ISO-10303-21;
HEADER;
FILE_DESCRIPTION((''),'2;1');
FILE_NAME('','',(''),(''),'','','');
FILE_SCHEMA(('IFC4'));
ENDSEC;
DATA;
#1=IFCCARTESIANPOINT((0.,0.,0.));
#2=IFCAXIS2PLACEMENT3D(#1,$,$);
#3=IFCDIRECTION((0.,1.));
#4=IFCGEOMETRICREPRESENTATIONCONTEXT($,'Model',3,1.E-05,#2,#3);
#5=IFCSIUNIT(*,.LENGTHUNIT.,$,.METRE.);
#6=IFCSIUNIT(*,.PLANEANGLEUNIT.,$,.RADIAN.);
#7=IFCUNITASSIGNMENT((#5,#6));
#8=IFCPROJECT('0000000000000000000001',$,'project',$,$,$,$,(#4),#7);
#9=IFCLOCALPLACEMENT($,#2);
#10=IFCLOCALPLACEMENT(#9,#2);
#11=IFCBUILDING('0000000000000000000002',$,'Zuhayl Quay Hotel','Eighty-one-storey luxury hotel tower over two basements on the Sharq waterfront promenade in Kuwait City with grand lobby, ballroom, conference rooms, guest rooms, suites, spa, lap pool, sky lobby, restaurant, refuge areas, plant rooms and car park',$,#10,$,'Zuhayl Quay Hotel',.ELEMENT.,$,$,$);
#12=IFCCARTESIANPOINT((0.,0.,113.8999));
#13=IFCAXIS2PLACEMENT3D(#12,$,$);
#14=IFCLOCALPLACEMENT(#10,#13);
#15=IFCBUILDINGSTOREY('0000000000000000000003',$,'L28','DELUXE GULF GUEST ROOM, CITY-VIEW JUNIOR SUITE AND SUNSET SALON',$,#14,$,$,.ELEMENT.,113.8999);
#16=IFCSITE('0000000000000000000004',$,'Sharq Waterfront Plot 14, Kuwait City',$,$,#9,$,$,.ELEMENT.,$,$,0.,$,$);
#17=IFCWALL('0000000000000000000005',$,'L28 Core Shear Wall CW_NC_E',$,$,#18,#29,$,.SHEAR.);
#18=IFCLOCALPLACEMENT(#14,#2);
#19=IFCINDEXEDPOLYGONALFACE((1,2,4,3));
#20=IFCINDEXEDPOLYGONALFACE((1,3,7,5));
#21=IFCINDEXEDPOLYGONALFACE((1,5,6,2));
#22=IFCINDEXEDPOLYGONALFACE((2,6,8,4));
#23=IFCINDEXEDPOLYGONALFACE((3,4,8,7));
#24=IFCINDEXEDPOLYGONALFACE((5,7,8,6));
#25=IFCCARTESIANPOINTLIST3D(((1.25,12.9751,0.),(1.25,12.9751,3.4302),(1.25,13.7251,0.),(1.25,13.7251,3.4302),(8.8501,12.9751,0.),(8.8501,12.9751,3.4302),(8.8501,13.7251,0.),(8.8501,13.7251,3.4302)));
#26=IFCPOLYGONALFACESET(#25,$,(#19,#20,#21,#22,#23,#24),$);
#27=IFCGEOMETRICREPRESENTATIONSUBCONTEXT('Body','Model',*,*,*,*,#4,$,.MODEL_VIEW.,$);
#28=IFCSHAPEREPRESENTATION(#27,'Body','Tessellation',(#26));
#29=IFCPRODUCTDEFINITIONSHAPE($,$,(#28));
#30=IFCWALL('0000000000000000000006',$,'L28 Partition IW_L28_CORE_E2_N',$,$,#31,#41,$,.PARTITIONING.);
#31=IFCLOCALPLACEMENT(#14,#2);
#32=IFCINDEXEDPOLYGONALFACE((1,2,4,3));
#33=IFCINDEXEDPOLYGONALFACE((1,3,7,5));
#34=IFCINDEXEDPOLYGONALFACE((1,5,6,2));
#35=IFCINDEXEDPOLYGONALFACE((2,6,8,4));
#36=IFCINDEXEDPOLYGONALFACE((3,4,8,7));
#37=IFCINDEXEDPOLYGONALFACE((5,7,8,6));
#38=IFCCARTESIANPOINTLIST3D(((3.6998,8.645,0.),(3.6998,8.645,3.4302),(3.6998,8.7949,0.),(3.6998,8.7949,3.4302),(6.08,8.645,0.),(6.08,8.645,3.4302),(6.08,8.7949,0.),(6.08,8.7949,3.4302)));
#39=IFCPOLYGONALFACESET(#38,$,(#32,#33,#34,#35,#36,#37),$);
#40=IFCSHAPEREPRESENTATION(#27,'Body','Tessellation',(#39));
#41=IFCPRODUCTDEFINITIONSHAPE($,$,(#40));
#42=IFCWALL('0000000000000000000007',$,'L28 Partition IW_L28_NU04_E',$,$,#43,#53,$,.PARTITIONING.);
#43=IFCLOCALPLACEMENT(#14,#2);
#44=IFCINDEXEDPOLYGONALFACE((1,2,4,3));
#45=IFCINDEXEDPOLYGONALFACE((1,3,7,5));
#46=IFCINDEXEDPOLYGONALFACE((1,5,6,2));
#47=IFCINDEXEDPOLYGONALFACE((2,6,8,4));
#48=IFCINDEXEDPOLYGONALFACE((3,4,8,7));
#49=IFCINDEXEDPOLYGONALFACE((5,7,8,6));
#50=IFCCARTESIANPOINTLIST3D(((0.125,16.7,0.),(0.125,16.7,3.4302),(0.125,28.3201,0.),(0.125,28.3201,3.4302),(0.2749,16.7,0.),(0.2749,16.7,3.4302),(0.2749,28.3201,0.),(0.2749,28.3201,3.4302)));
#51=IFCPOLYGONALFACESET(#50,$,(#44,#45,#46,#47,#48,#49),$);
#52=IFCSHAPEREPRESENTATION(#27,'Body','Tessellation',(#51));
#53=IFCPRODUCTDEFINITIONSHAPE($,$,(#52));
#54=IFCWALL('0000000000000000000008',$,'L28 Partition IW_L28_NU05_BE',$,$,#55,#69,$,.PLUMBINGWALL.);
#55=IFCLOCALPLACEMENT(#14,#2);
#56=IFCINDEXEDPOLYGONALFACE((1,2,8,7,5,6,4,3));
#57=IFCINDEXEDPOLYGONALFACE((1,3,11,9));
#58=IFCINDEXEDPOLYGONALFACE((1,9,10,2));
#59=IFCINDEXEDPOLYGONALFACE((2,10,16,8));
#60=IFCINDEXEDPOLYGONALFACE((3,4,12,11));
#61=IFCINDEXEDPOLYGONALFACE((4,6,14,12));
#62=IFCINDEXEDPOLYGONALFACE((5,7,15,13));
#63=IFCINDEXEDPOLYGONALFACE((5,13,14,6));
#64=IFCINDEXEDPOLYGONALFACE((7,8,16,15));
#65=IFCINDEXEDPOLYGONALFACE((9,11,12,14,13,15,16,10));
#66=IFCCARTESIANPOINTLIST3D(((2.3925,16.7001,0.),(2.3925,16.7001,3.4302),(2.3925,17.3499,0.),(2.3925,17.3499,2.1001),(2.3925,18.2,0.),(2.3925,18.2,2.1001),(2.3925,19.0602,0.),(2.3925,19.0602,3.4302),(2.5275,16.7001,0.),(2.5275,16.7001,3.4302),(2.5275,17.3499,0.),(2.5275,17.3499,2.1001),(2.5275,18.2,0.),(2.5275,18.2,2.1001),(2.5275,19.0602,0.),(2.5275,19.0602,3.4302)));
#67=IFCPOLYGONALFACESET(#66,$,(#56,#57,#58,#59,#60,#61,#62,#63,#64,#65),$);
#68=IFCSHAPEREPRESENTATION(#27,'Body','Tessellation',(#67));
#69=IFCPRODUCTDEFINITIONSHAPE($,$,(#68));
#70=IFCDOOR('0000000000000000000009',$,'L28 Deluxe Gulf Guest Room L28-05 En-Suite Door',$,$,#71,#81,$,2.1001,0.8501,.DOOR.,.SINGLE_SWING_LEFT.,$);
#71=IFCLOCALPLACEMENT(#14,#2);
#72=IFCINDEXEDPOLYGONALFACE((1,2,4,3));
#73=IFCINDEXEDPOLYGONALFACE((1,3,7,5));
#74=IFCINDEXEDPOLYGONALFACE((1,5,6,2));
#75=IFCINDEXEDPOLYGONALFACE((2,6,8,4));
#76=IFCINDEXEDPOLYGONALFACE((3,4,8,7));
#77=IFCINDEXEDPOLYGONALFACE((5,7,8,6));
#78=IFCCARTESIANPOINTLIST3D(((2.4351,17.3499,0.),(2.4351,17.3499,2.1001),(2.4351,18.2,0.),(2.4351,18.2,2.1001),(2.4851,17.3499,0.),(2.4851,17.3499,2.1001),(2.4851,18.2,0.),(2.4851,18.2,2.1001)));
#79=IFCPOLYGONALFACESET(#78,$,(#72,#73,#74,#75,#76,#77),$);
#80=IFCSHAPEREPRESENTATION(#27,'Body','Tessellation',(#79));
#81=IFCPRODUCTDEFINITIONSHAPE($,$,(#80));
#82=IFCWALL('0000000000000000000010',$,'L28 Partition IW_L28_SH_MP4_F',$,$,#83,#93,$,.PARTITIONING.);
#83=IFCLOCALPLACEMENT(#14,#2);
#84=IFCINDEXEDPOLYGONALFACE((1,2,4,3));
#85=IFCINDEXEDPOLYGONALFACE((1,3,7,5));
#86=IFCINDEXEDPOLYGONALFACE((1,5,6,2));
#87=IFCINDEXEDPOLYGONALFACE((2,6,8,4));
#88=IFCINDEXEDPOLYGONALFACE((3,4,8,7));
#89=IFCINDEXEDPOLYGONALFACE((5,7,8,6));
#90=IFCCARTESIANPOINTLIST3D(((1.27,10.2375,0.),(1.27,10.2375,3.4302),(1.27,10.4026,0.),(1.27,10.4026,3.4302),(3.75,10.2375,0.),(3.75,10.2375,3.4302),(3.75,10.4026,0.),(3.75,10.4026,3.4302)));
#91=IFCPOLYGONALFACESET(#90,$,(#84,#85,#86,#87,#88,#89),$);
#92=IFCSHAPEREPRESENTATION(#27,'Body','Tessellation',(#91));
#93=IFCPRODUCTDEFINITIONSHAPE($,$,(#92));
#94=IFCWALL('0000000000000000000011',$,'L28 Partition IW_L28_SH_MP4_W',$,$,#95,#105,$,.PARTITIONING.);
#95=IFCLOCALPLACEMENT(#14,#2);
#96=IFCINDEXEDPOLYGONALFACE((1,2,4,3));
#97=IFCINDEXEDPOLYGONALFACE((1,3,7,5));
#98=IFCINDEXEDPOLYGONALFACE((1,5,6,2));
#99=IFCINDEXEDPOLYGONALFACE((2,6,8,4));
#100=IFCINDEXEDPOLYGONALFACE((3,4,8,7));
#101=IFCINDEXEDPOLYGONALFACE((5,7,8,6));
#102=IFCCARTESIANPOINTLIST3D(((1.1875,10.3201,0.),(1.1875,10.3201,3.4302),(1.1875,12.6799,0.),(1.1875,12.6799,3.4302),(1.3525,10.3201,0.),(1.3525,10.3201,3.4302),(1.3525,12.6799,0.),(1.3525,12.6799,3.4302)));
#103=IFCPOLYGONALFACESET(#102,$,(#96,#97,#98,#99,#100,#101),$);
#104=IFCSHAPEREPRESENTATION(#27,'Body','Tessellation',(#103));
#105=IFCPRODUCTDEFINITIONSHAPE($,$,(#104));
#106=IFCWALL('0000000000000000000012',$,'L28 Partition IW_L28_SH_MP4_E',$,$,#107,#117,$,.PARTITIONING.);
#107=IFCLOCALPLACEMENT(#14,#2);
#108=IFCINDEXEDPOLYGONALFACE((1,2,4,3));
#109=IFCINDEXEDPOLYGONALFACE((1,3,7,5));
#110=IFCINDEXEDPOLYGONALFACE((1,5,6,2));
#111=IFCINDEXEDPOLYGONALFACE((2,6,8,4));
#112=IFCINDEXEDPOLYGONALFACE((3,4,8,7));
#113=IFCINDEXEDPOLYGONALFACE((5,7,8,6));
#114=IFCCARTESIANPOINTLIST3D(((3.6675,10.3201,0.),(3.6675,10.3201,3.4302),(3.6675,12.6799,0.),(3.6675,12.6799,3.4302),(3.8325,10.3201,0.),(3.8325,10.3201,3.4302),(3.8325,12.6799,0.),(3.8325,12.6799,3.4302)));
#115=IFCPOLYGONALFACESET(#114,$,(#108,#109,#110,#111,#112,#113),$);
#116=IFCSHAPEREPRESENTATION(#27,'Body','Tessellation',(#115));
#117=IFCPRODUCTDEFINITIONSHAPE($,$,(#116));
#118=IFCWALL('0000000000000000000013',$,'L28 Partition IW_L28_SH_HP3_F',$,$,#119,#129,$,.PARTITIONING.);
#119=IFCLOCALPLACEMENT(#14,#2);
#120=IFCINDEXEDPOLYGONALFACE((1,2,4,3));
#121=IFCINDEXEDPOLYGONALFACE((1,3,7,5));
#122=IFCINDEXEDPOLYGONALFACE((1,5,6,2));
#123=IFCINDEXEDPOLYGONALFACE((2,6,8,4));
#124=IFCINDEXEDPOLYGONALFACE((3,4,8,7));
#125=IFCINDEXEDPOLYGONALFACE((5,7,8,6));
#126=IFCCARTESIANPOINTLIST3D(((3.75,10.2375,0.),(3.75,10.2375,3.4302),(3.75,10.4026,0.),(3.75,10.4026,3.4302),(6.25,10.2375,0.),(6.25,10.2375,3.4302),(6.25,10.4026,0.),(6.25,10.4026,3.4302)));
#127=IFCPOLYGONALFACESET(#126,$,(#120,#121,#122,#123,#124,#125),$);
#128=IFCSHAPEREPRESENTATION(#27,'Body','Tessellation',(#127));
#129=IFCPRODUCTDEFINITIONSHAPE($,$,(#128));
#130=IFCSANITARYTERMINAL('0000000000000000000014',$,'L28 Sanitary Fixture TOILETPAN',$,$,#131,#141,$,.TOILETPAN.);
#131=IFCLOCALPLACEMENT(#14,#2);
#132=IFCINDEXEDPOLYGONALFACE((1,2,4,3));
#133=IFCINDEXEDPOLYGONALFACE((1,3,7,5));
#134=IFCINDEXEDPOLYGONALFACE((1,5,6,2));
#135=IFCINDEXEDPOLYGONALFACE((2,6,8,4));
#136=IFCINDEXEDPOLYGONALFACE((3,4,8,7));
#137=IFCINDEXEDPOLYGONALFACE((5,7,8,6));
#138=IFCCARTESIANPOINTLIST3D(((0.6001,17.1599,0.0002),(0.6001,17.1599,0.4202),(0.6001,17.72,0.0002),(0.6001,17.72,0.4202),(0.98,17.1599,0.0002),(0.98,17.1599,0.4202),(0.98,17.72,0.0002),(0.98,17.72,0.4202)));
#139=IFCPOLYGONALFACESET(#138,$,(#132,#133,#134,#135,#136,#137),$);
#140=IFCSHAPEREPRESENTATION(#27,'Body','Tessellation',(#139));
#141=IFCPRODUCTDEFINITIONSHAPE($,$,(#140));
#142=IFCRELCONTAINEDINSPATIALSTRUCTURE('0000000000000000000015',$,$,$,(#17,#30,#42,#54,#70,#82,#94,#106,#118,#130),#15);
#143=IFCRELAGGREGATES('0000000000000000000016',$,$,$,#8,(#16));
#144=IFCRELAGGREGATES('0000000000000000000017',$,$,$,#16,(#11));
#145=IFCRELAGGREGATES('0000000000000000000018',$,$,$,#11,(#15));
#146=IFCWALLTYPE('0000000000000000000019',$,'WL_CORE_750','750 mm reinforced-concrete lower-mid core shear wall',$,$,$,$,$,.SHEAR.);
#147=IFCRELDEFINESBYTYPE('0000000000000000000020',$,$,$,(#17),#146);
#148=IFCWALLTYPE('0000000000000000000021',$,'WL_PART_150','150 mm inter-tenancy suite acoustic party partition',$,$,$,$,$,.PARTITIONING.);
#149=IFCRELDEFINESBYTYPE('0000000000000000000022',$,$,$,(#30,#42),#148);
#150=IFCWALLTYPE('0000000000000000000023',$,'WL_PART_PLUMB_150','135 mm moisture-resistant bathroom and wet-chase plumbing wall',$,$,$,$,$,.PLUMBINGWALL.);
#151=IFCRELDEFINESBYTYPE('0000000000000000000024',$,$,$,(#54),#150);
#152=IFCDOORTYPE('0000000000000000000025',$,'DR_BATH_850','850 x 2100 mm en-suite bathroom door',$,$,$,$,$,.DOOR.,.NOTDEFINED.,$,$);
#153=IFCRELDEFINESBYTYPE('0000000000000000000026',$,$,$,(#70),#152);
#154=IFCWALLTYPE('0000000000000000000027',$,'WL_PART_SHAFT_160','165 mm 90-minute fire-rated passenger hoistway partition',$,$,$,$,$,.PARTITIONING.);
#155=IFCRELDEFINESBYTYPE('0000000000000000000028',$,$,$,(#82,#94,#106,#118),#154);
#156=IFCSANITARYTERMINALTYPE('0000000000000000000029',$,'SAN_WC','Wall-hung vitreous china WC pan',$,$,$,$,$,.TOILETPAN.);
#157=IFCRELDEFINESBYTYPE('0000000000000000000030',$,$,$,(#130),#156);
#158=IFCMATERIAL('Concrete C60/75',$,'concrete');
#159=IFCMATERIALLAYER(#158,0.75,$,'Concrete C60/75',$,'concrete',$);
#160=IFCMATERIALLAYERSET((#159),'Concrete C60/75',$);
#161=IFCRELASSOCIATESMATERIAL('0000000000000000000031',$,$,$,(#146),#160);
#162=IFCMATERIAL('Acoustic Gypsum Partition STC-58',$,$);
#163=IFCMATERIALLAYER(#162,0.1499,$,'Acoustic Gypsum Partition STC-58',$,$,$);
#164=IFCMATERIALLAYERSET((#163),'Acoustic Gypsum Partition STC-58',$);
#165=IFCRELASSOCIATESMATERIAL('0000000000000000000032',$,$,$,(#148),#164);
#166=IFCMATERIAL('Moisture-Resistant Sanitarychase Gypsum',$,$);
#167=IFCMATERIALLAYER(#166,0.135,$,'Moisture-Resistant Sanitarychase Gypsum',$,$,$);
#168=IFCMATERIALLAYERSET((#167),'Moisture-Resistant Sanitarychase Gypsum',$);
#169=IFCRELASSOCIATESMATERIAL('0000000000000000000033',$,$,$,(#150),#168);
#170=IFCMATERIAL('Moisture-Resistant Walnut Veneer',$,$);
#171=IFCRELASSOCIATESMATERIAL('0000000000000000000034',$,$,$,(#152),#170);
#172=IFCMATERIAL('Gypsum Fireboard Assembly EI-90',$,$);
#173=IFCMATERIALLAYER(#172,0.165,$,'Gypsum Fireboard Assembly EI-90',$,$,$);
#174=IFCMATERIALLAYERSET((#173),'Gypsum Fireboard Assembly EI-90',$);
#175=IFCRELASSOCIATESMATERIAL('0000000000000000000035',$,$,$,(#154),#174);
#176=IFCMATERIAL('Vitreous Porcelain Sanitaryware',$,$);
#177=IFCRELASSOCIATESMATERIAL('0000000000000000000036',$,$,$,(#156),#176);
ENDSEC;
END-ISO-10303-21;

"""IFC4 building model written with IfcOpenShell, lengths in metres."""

from ifc_helpers import new_model, si_unit, direction, frame, frame_2d, origin, origin_2d, place, context, subcontext, project, spatial, rectangle, extrude, material, layer, layer_set, type_object, element, fill, save


model = new_model("IFC4")

# Units and contexts
model_context = context("Model", 3, precision=1e-05, world=origin(), true_north=direction((0.0, 1.0)))
body_context = subcontext(model_context, "Body", "Model", "MODEL_VIEW")
ifc_project = project(units=[si_unit("LENGTHUNIT", "METRE"), si_unit("PLANEANGLEUNIT", "RADIAN")], contexts=[model_context])

# Site, building, storey
site_placement = place(None, origin())
site = spatial("IfcSite", under=ifc_project, at=site_placement, Name="Sharq Waterfront Plot 14, Kuwait City", CompositionType="ELEMENT", RefElevation=0.0)
building_placement = place(site_placement, origin())
building = spatial("IfcBuilding", under=site, at=building_placement, Name="Zuhayl Quay Hotel", Description="Eighty-one-storey luxury hotel tower over two basements on the Sharq waterfront promenade in Kuwait City with grand lobby, ballroom, conference rooms, guest rooms, suites, spa, lap pool, sky lobby, restaurant, refuge areas, plant rooms and car park", LongName="Zuhayl Quay Hotel", CompositionType="ELEMENT")
storey_placement = place(building_placement, frame((0.0, 0.0, 113.8999)))
storey = spatial("IfcBuildingStorey", under=building, at=storey_placement, Name="L28", Description="DELUXE GULF GUEST ROOM, CITY-VIEW JUNIOR SUITE AND SUNSET SALON", CompositionType="ELEMENT", Elevation=113.8999)

# Wall
ifc_material_1 = material(Name="Concrete C60/75", Category="concrete")
ifc_layer_1 = layer(ifc_material_1, 0.75, Name="Concrete C60/75", Category="concrete")
ifc_layer_set_1 = layer_set([ifc_layer_1], Name="Concrete C60/75")
wall_type_1 = type_object("IfcWallType", Name="WL_CORE_750", Description="750 mm reinforced-concrete lower-mid core shear wall", PredefinedType="SHEAR", material=ifc_layer_set_1)
wall_1_placement = place(storey_placement, frame((1.25, 13.3501, 0.0), z_axis=(0.0, 0.0, 1.0), x_axis=(1.0, 0.0, 0.0)))
element("IfcWall", 1, at=wall_1_placement, inside=storey, type_object=wall_type_1, Name="L28 Core Shear Wall CW_NC_E", PredefinedType="SHEAR", context=body_context, shape_type="SweptSolid", body=[
    extrude(rectangle(XDim=7.6001, YDim=0.75, at=frame_2d((3.8, 0.0))), origin(), (0.0, 0.0, 1.0), 3.4302),
])

# Shared definitions
ifc_material_2 = material(Name="Acoustic Gypsum Partition STC-58")
ifc_layer_2 = layer(ifc_material_2, 0.1499, Name="Acoustic Gypsum Partition STC-58")
ifc_layer_set_2 = layer_set([ifc_layer_2], Name="Acoustic Gypsum Partition STC-58")
wall_type_2 = type_object("IfcWallType", Name="WL_PART_150", Description="150 mm inter-tenancy suite acoustic party partition", PredefinedType="PARTITIONING", material=ifc_layer_set_2)

# Walls
wall_2_placement = place(storey_placement, frame((3.7, 8.72, 0.0), z_axis=(0.0, 0.0, 1.0), x_axis=(1.0, 0.0, 0.0)))
element("IfcWall", 2, at=wall_2_placement, inside=storey, type_object=wall_type_2, Name="L28 Partition IW_L28_CORE_E2_N", PredefinedType="PARTITIONING", context=body_context, shape_type="SweptSolid", body=[
    extrude(rectangle(XDim=2.3801, YDim=0.1499, at=frame_2d((1.1899, 0.0))), origin(), (0.0, 0.0, 1.0), 3.4302),
])
wall_3_placement = place(storey_placement, frame((0.2, 16.7, 0.0), z_axis=(0.0, 0.0, 1.0), x_axis=(0.0, 1.0, 0.0)))
element("IfcWall", 3, at=wall_3_placement, inside=storey, type_object=wall_type_2, Name="L28 Partition IW_L28_NU04_E", PredefinedType="PARTITIONING", context=body_context, shape_type="SweptSolid", body=[
    extrude(rectangle(XDim=11.6201, YDim=0.1499, at=frame_2d((5.8101, 0.0))), origin(), (0.0, 0.0, 1.0), 3.4302),
])

# Wall, opening, door
ifc_material_3 = material(Name="Moisture-Resistant Sanitarychase Gypsum")
ifc_layer_3 = layer(ifc_material_3, 0.135, Name="Moisture-Resistant Sanitarychase Gypsum")
ifc_layer_set_3 = layer_set([ifc_layer_3], Name="Moisture-Resistant Sanitarychase Gypsum")
wall_type_3 = type_object("IfcWallType", Name="WL_PART_PLUMB_150", Description="135 mm moisture-resistant bathroom and wet-chase plumbing wall", PredefinedType="PLUMBINGWALL", material=ifc_layer_set_3)
wall_4_placement = place(storey_placement, frame((2.46, 16.7, 0.0), z_axis=(0.0, 0.0, 1.0), x_axis=(0.0, 1.0, 0.0)))
wall_4 = element("IfcWall", 4, at=wall_4_placement, inside=storey, type_object=wall_type_3, Name="L28 Partition IW_L28_NU05_BE", PredefinedType="PLUMBINGWALL", context=body_context, shape_type="SweptSolid", body=[
    extrude(rectangle(XDim=2.3601, YDim=0.135, at=frame_2d((1.1802, 0.0))), origin(), (0.0, 0.0, 1.0), 3.4302),
])
opening_1_placement = place(wall_4_placement, frame((0.6499, 0.0, 0.0)))
opening_1 = element("IfcOpeningElement", 5, at=opening_1_placement, cuts=wall_4, PredefinedType="OPENING", context=body_context, shape_type="SweptSolid", body=[
    extrude(rectangle(XDim=0.8501, YDim=2.1001, at=frame_2d((0.425, 1.05))), frame((0.0, 0.0774, 0.0), z_axis=(0.0, -1.0, 0.0), x_axis=(1.0, 0.0, 0.0)), (0.0, 0.0, 1.0), 0.155),
])
ifc_material_4 = material(Name="Moisture-Resistant Walnut Veneer")
door_type_1 = type_object("IfcDoorType", Name="DR_BATH_850", Description="850 x 2100 mm en-suite bathroom door", OperationType="NOTDEFINED", PredefinedType="DOOR", material=ifc_material_4)
door_1_placement = place(opening_1_placement, origin())
door_1 = element("IfcDoor", 6, at=door_1_placement, inside=storey, type_object=door_type_1, Name="L28 Deluxe Gulf Guest Room L28-05 En-Suite Door", OperationType="SINGLE_SWING_LEFT", OverallHeight=2.1001, OverallWidth=0.8501, PredefinedType="DOOR", context=body_context, shape_type="SweptSolid", body=[
    extrude(rectangle(XDim=0.8501, YDim=2.1001, at=frame_2d((0.425, 1.05))), frame((0.0, 0.0249, 0.0), z_axis=(0.0, -1.0, 0.0), x_axis=(1.0, 0.0, 0.0)), (0.0, 0.0, 1.0), 0.05),
])
fill(opening_1, door_1)

# Walls
ifc_material_5 = material(Name="Gypsum Fireboard Assembly EI-90")
ifc_layer_4 = layer(ifc_material_5, 0.165, Name="Gypsum Fireboard Assembly EI-90")
ifc_layer_set_4 = layer_set([ifc_layer_4], Name="Gypsum Fireboard Assembly EI-90")
wall_type_4 = type_object("IfcWallType", Name="WL_PART_SHAFT_160", Description="165 mm 90-minute fire-rated passenger hoistway partition", PredefinedType="PARTITIONING", material=ifc_layer_set_4)
wall_5_placement = place(storey_placement, frame((1.27, 10.3201, 0.0), z_axis=(0.0, 0.0, 1.0), x_axis=(1.0, 0.0, 0.0)))
element("IfcWall", 7, at=wall_5_placement, inside=storey, type_object=wall_type_4, Name="L28 Partition IW_L28_SH_MP4_F", PredefinedType="PARTITIONING", context=body_context, shape_type="SweptSolid", body=[
    extrude(rectangle(XDim=2.48, YDim=0.165, at=frame_2d((1.24, 0.0))), origin(), (0.0, 0.0, 1.0), 3.4302),
])
for number, where, z_axis, x_axis, name in (
    (8, (1.27, 10.3201, 0.0), (0.0, 0.0, 1.0), (0.0, 1.0, 0.0), "L28 Partition IW_L28_SH_MP4_W"),
    (9, (3.75, 10.3201, 0.0), (0.0, 0.0, 1.0), (0.0, 1.0, 0.0), "L28 Partition IW_L28_SH_MP4_E"),
):
    element("IfcWall", number, at=place(storey_placement, frame(where, z_axis=z_axis, x_axis=x_axis)), inside=storey, type_object=wall_type_4, Name=name, PredefinedType="PARTITIONING", context=body_context, shape_type="SweptSolid", body=[
        extrude(rectangle(XDim=2.3599, YDim=0.165, at=frame_2d((1.1799, 0.0))), origin(), (0.0, 0.0, 1.0), 3.4302),
    ])
wall_6_placement = place(storey_placement, frame((3.75, 10.3201, 0.0), z_axis=(0.0, 0.0, 1.0), x_axis=(1.0, 0.0, 0.0)))
element("IfcWall", 10, at=wall_6_placement, inside=storey, type_object=wall_type_4, Name="L28 Partition IW_L28_SH_HP3_F", PredefinedType="PARTITIONING", context=body_context, shape_type="SweptSolid", body=[
    extrude(rectangle(XDim=2.5, YDim=0.165, at=frame_2d((1.25, 0.0))), origin(), (0.0, 0.0, 1.0), 3.4302),
])

# Sanitary terminal
ifc_material_6 = material(Name="Vitreous Porcelain Sanitaryware")
sanitary_terminal_type = type_object("IfcSanitaryTerminalType", Name="SAN_WC", Description="Wall-hung vitreous china WC pan", PredefinedType="TOILETPAN", material=ifc_material_6)
sanitary_terminal_placement = place(storey_placement, frame((0.79, 17.4399, 0.0002), z_axis=(0.0, 0.0, 1.0), x_axis=(1.0, 0.0, 0.0)))
element("IfcSanitaryTerminal", 11, at=sanitary_terminal_placement, inside=storey, type_object=sanitary_terminal_type, Name="L28 Sanitary Fixture TOILETPAN", PredefinedType="TOILETPAN", context=body_context, shape_type="SweptSolid", body=[
    extrude(rectangle(XDim=0.3799, YDim=0.5601, at=origin_2d()), origin(), (0.0, 0.0, 1.0), 0.4199),
])

save(model, "model.ifc")
